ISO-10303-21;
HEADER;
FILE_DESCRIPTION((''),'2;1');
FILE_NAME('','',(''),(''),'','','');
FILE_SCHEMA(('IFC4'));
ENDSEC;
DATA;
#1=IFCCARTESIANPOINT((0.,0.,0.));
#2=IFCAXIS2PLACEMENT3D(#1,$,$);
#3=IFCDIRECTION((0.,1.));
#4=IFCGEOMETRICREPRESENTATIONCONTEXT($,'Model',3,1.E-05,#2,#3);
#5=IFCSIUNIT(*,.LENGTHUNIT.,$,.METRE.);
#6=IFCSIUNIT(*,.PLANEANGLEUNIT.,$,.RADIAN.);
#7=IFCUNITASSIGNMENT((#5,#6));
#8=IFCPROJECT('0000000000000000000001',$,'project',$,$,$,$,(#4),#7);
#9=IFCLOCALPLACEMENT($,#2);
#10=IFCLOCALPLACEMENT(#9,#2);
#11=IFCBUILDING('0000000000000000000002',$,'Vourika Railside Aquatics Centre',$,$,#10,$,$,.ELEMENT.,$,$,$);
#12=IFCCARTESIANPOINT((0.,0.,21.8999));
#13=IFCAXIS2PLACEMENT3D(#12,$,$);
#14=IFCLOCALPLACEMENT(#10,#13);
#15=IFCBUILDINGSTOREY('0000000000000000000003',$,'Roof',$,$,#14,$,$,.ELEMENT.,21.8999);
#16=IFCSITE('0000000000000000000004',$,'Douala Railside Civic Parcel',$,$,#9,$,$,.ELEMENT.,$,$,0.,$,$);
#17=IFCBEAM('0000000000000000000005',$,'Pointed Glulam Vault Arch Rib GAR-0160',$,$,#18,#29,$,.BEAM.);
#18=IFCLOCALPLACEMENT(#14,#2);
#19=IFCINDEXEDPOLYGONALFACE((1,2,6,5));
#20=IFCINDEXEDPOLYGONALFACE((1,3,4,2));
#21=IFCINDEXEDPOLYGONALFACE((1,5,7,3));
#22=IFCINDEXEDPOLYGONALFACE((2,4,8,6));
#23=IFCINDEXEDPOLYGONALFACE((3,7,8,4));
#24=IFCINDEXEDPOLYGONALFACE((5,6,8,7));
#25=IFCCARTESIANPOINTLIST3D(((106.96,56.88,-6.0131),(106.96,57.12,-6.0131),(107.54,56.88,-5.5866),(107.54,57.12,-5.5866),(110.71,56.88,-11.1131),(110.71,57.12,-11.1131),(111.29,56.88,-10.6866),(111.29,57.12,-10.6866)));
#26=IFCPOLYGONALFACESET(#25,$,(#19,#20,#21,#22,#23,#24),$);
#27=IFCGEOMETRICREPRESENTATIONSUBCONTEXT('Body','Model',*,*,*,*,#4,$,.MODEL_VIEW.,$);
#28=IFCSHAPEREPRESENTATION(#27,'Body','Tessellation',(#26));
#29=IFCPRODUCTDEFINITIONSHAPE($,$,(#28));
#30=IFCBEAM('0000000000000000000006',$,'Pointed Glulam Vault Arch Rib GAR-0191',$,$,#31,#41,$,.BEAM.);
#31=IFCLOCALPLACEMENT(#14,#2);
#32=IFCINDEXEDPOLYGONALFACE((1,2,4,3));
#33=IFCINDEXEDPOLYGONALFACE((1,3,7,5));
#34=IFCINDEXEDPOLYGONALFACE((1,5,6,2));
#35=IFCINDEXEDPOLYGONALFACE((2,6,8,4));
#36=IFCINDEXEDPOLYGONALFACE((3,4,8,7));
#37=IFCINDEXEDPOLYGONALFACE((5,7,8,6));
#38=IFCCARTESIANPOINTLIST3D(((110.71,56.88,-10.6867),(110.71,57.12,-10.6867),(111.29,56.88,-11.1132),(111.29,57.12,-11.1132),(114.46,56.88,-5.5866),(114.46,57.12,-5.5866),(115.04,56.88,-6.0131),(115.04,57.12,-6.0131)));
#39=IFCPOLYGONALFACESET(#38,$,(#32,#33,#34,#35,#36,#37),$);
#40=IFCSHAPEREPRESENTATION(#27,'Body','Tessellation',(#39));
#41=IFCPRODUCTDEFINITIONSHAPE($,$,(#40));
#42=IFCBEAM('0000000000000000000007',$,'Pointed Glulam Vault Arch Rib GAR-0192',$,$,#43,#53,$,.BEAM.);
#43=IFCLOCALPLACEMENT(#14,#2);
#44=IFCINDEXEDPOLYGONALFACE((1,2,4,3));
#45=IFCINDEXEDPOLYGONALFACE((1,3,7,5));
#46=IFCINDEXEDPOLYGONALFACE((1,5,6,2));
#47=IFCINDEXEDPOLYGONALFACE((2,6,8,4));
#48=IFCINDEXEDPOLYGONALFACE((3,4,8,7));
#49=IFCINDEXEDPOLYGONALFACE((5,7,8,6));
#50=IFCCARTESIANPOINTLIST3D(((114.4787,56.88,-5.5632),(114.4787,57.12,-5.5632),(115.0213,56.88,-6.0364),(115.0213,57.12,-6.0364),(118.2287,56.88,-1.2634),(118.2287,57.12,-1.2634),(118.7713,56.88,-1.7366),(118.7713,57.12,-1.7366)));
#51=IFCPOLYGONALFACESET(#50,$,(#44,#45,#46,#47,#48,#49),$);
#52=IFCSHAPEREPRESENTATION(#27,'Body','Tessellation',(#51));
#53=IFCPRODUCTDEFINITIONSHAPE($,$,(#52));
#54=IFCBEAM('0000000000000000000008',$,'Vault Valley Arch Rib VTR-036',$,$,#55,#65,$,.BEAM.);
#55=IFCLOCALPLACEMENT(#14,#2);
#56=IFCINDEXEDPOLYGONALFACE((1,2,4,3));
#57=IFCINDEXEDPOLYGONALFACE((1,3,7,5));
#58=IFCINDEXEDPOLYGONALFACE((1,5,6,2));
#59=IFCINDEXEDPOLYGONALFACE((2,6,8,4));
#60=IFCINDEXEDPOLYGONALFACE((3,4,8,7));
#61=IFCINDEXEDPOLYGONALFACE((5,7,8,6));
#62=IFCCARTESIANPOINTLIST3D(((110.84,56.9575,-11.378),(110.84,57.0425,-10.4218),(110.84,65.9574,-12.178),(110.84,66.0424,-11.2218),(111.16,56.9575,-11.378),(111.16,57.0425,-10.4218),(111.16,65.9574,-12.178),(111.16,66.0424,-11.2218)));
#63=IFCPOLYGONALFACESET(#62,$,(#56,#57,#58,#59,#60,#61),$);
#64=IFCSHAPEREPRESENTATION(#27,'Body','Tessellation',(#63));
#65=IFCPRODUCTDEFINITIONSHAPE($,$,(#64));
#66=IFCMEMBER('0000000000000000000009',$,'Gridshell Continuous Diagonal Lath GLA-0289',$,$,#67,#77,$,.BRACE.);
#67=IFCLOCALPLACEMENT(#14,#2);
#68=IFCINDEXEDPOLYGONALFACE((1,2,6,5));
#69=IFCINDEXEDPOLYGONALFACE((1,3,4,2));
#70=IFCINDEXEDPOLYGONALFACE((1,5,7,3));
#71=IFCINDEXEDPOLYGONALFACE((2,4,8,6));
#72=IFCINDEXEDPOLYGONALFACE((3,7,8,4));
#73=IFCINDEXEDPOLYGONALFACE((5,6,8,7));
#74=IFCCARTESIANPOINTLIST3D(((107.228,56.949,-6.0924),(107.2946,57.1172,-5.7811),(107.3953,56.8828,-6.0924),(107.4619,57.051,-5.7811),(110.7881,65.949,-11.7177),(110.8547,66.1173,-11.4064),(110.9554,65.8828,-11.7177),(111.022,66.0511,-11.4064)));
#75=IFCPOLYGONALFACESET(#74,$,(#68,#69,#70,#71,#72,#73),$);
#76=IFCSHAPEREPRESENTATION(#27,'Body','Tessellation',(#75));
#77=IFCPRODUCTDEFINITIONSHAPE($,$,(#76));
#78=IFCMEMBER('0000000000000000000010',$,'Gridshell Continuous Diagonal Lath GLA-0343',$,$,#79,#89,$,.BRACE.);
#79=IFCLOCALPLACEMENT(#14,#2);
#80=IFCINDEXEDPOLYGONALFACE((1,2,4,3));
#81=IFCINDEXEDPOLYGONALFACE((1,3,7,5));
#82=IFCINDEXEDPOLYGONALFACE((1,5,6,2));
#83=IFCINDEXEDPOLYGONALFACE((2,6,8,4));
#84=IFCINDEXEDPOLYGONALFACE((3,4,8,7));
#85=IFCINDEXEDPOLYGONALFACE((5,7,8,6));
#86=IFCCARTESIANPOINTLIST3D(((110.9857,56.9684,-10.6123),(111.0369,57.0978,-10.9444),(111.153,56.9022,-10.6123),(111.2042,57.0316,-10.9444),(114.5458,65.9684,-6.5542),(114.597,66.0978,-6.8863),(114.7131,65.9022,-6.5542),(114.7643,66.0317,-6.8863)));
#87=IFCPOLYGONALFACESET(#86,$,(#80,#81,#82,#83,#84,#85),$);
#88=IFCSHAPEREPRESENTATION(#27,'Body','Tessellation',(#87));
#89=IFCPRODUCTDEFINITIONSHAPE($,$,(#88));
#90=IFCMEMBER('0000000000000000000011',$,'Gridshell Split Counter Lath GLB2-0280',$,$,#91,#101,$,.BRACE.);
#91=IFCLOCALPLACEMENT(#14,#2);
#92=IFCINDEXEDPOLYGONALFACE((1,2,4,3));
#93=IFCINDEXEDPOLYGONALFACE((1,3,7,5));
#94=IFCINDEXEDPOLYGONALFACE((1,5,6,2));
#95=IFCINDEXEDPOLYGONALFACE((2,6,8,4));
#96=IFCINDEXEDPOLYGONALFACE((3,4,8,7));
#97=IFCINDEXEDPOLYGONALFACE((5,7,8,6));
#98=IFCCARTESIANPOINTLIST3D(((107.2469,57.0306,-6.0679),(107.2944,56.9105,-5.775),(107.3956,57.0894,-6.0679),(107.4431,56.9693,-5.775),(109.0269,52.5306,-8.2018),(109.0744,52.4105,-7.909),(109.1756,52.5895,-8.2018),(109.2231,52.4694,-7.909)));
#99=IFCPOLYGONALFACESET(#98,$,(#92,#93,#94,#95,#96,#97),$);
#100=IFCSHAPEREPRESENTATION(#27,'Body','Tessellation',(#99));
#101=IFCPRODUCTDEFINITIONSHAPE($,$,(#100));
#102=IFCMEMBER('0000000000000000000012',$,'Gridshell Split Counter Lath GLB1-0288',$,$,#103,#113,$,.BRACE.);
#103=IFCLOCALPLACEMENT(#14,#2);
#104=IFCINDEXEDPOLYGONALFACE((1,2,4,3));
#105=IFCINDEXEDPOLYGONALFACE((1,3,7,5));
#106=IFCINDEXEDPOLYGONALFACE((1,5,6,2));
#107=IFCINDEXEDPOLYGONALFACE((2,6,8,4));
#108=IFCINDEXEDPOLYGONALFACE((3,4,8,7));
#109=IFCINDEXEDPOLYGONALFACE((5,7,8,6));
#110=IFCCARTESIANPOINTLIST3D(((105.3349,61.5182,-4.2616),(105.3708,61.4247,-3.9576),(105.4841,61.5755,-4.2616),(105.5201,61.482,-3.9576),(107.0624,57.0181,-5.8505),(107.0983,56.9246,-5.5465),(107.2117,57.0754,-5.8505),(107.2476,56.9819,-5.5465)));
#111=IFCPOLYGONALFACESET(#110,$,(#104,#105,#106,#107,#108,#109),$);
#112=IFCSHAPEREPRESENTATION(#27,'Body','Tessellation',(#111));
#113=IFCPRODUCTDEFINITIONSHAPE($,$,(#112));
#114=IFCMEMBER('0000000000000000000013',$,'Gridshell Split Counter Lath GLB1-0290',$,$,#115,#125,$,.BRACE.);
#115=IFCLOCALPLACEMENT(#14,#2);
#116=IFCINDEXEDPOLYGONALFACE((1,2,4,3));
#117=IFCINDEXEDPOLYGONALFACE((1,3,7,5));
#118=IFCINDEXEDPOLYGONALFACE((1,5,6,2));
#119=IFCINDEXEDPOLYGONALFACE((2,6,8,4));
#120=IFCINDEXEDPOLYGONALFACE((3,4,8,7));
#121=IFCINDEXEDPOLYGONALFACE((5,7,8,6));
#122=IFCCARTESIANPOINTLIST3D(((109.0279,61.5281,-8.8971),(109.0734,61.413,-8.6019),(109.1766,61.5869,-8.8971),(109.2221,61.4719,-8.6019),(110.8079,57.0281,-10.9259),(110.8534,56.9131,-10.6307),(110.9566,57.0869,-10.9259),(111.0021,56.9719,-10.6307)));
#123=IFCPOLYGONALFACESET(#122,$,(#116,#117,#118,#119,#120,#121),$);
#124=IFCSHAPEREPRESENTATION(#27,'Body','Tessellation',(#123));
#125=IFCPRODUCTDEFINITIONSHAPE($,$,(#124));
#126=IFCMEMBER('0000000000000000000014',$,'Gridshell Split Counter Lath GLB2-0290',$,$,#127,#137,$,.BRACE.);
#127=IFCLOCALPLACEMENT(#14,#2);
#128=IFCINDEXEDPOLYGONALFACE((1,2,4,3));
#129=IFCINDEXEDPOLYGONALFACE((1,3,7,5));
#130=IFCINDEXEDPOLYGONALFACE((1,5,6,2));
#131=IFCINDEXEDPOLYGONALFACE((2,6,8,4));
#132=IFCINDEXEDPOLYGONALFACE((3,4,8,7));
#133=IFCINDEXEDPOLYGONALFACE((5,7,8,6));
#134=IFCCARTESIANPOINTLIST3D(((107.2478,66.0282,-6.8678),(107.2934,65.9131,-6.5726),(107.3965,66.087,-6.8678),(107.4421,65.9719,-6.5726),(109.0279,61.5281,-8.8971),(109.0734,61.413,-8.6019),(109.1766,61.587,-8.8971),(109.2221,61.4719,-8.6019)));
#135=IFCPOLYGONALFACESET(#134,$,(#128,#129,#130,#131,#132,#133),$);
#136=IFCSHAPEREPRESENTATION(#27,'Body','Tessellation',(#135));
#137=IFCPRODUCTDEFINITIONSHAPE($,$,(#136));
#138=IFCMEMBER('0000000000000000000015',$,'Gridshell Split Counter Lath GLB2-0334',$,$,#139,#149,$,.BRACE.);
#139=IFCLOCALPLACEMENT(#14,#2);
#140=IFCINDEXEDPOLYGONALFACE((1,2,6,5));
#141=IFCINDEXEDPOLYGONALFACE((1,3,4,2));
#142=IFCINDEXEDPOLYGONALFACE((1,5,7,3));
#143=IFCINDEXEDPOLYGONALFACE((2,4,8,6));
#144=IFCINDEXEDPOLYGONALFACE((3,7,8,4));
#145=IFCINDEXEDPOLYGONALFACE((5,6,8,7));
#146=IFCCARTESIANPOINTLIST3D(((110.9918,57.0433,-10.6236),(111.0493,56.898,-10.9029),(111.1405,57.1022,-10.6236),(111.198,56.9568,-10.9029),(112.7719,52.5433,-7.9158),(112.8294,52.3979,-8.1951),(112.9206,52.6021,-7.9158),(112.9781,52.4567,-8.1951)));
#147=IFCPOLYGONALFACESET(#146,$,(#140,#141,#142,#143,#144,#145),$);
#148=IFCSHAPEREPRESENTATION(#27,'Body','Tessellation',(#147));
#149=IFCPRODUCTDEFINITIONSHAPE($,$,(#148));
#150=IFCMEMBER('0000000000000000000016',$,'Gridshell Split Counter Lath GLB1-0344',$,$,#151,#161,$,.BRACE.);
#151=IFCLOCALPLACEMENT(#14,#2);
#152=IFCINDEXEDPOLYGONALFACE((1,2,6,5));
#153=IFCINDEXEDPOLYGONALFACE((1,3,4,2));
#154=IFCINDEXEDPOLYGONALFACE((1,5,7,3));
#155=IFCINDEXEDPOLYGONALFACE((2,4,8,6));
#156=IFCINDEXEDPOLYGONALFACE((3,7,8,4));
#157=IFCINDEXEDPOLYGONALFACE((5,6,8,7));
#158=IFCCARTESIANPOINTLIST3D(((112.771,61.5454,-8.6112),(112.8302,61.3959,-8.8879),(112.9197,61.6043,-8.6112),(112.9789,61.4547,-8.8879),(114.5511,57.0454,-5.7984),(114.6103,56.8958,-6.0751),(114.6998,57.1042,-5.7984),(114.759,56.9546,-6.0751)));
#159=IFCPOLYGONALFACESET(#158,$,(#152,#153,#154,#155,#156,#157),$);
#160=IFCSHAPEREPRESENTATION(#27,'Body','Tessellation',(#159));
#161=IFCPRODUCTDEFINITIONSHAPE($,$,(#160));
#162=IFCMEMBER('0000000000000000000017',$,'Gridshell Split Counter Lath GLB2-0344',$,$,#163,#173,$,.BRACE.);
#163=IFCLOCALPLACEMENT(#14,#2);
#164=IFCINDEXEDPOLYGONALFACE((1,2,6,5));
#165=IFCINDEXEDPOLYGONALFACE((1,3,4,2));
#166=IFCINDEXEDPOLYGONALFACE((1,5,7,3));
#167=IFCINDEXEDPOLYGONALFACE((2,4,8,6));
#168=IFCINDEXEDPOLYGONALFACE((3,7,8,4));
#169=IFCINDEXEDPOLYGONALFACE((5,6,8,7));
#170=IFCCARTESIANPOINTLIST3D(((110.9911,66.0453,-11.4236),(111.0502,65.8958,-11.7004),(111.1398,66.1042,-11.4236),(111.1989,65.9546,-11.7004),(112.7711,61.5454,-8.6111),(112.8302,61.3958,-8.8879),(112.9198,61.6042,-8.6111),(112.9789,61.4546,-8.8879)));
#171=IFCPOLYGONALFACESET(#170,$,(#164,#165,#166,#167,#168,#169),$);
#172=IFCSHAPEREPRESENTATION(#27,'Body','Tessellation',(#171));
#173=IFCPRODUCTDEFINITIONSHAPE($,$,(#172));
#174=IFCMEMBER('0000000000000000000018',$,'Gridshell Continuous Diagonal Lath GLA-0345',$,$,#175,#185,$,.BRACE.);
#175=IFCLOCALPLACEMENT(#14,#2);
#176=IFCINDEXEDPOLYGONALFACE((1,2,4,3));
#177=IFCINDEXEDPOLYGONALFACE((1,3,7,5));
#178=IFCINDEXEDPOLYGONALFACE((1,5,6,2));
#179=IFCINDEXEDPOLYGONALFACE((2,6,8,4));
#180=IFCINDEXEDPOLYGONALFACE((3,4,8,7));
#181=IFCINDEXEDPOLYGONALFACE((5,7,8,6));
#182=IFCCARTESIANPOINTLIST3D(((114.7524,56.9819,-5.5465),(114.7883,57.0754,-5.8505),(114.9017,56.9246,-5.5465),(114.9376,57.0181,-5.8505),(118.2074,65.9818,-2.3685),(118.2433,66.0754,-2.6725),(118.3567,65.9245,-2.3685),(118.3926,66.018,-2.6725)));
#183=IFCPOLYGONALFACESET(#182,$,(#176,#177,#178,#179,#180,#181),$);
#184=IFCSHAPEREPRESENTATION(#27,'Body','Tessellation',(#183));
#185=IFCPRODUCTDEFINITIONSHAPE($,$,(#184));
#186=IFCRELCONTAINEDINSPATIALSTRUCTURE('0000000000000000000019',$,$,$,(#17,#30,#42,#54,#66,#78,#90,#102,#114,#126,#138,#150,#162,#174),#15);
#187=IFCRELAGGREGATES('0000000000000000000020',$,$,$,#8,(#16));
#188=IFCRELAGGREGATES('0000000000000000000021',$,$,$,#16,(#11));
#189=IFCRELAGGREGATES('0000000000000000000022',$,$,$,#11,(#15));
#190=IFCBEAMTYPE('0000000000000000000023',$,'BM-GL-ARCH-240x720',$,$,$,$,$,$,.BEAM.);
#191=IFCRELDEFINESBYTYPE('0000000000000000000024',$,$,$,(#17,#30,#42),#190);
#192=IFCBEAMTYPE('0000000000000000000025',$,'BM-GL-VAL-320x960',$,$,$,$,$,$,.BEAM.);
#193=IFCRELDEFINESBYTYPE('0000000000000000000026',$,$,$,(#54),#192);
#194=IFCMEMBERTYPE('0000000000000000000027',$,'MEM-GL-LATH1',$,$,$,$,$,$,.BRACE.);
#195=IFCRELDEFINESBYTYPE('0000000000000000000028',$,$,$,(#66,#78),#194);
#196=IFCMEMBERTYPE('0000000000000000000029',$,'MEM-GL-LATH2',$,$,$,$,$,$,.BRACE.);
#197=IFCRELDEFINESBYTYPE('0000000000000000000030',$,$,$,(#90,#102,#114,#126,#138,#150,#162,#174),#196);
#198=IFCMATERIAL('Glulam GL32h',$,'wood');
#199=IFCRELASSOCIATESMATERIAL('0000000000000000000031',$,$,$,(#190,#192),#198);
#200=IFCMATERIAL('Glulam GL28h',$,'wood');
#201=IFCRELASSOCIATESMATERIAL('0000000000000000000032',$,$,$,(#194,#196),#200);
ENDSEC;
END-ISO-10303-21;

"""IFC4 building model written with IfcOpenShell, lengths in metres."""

from ifc_helpers import new_model, si_unit, direction, frame, origin, origin_2d, place, context, subcontext, project, spatial, rectangle, extrude, material, material_profile, profile_set, type_object, element, save


model = new_model("IFC4")

# Units and contexts
model_context = context("Model", 3, precision=1e-05, world=origin(), true_north=direction((0.0, 1.0)))
body_context = subcontext(model_context, "Body", "Model", "MODEL_VIEW")
ifc_project = project(units=[si_unit("LENGTHUNIT", "METRE"), si_unit("PLANEANGLEUNIT", "RADIAN")], contexts=[model_context])

# Site, building, storey
site_placement = place(None, origin())
site = spatial("IfcSite", under=ifc_project, at=site_placement, Name="Douala Railside Civic Parcel", CompositionType="ELEMENT", RefElevation=0.0)
building_placement = place(site_placement, origin())
building = spatial("IfcBuilding", under=site, at=building_placement, Name="Vourika Railside Aquatics Centre", CompositionType="ELEMENT")
storey_placement = place(building_placement, frame((0.0, 0.0, 21.8999)))
storey = spatial("IfcBuildingStorey", under=building, at=storey_placement, Name="Roof", CompositionType="ELEMENT", Elevation=21.8999)

# Beams
ifc_material_1 = material(Name="Glulam GL32h", Category="wood")
ifc_material_profile_1 = material_profile(ifc_material_1, rectangle(XDim=0.24, YDim=0.72, at=origin_2d()), Name="GL32h 240x720")
ifc_profile_set_1 = profile_set([ifc_material_profile_1], Name="Glulam GL32h")
beam_type_1 = type_object("IfcBeamType", Name="BM-GL-ARCH-240x720", PredefinedType="BEAM", material=ifc_profile_set_1)
for number, where, z_axis, x_axis, name in (
    (1, (107.25, 57.0, -5.7998), (0.592383, 0.0, -0.805656), (0.0, 1.0, 0.0), "Pointed Glulam Vault Arch Rib GAR-0160"),
    (2, (111.0, 57.0, -10.8999), (0.592383, 0.0, 0.805656), (0.0, 1.0, 0.0), "Pointed Glulam Vault Arch Rib GAR-0191"),
):
    element("IfcBeam", number, at=place(storey_placement, frame(where, z_axis=z_axis, x_axis=x_axis)), inside=storey, type_object=beam_type_1, Name=name, PredefinedType="BEAM", context=body_context, shape_type="SweptSolid", body=[
        extrude(rectangle(XDim=0.24, YDim=0.72, at=origin_2d()), origin(), (0.0, 0.0, 1.0), 6.3303),
    ])
beam_1_placement = place(storey_placement, frame((114.75, 57.0, -5.7998), z_axis=(0.65728, 0.0, 0.753647), x_axis=(0.0, 1.0, 0.0)))
element("IfcBeam", 3, at=beam_1_placement, inside=storey, type_object=beam_type_1, Name="Pointed Glulam Vault Arch Rib GAR-0192", PredefinedType="BEAM", context=body_context, shape_type="SweptSolid", body=[
    extrude(rectangle(XDim=0.24, YDim=0.72, at=origin_2d()), origin(), (0.0, 0.0, 1.0), 5.7053),
])
ifc_material_profile_2 = material_profile(ifc_material_1, rectangle(XDim=0.3201, YDim=0.96, at=origin_2d()), Name="GL32h 320x960")
ifc_profile_set_2 = profile_set([ifc_material_profile_2], Name="Glulam GL32h")
beam_type_2 = type_object("IfcBeamType", Name="BM-GL-VAL-320x960", PredefinedType="BEAM", material=ifc_profile_set_2)
beam_2_placement = place(storey_placement, frame((111.0, 57.0, -10.8999), z_axis=(0.0, 0.996072, -0.088545), x_axis=(-1.0, 0.0, 0.0)))
element("IfcBeam", 4, at=beam_2_placement, inside=storey, type_object=beam_type_2, Name="Vault Valley Arch Rib VTR-036", PredefinedType="BEAM", context=body_context, shape_type="SweptSolid", body=[
    extrude(rectangle(XDim=0.3201, YDim=0.96, at=origin_2d()), origin(), (0.0, 0.0, 1.0), 9.0354),
])

# Members
ifc_material_2 = material(Name="Glulam GL28h", Category="wood")
ifc_material_profile_3 = material_profile(ifc_material_2, rectangle(XDim=0.1799, YDim=0.3601, at=origin_2d()), Name="GL28h 180x360")
ifc_profile_set_3 = profile_set([ifc_material_profile_3], Name="Glulam GL28h")
member_type_1 = type_object("IfcMemberType", Name="MEM-GL-LATH1", PredefinedType="BRACE", material=ifc_profile_set_3)
member_1_placement = place(storey_placement, frame((107.345, 57.0, -5.9368), z_axis=(0.318018, 0.803964, -0.5025), x_axis=(-0.929893, 0.36783, 0.0)))
element("IfcMember", 5, at=member_1_placement, inside=storey, type_object=member_type_1, Name="Gridshell Continuous Diagonal Lath GLA-0289", PredefinedType="BRACE", context=body_context, shape_type="SweptSolid", body=[
    extrude(rectangle(XDim=0.1799, YDim=0.3601, at=origin_2d()), origin(), (0.0, 0.0, 1.0), 11.1946),
])
member_2_placement = place(storey_placement, frame((111.095, 57.0, -10.7783), z_axis=(0.339219, 0.857562, 0.386675), x_axis=(-0.929893, 0.36783, 0.0)))
element("IfcMember", 6, at=member_2_placement, inside=storey, type_object=member_type_1, Name="Gridshell Continuous Diagonal Lath GLA-0343", PredefinedType="BRACE", context=body_context, shape_type="SweptSolid", body=[
    extrude(rectangle(XDim=0.1799, YDim=0.3601, at=origin_2d()), origin(), (0.0, 0.0, 1.0), 10.4949),
])
ifc_material_profile_4 = material_profile(ifc_material_2, rectangle(XDim=0.1599, YDim=0.3201, at=origin_2d()), Name="GL28h 160x320")
ifc_profile_set_4 = profile_set([ifc_material_profile_4], Name="Glulam GL28h")
member_type_2 = type_object("IfcMemberType", Name="MEM-GL-LATH2", PredefinedType="BRACE", material=ifc_profile_set_4)
member_3_placement = place(storey_placement, frame((109.125, 52.5, -8.0554), z_axis=(-0.336559, 0.850836, 0.403492), x_axis=(-0.929893, -0.36783, 0.0)))
element("IfcMember", 7, at=member_3_placement, inside=storey, type_object=member_type_2, Name="Gridshell Split Counter Lath GLB2-0280", PredefinedType="BRACE", context=body_context, shape_type="SweptSolid", body=[
    extrude(rectangle(XDim=0.1599, YDim=0.3201, at=origin_2d()), origin(), (0.0, 0.0, 1.0), 5.2888),
])
member_4_placement = place(storey_placement, frame((107.155, 57.0, -5.6985), z_axis=(-0.34038, 0.886643, 0.313057), x_axis=(-0.93357, -0.358395, 0.0)))
element("IfcMember", 8, at=member_4_placement, inside=storey, type_object=member_type_2, Name="Gridshell Split Counter Lath GLB1-0288", PredefinedType="BRACE", context=body_context, shape_type="SweptSolid", body=[
    extrude(rectangle(XDim=0.1599, YDim=0.3201, at=origin_2d()), origin(), (0.0, 0.0, 1.0), 5.0754),
])
member_5_placement = place(storey_placement, frame((110.905, 57.0, -10.7783), z_axis=(-0.339225, 0.857577, 0.386636), x_axis=(-0.929893, -0.36783, 0.0)))
element("IfcMember", 9, at=member_5_placement, inside=storey, type_object=member_type_2, Name="Gridshell Split Counter Lath GLB1-0290", PredefinedType="BRACE", context=body_context, shape_type="SweptSolid", body=[
    extrude(rectangle(XDim=0.1599, YDim=0.3201, at=origin_2d()), origin(), (0.0, 0.0, 1.0), 5.2473),
])
member_6_placement = place(storey_placement, frame((109.125, 61.5, -8.7495), z_axis=(-0.339213, 0.857547, 0.386715), x_axis=(-0.929893, -0.36783, 0.0)))
element("IfcMember", 10, at=member_6_placement, inside=storey, type_object=member_type_2, Name="Gridshell Split Counter Lath GLB2-0290", PredefinedType="BRACE", context=body_context, shape_type="SweptSolid", body=[
    extrude(rectangle(XDim=0.1599, YDim=0.3201, at=origin_2d()), origin(), (0.0, 0.0, 1.0), 5.2476),
])
member_7_placement = place(storey_placement, frame((112.875, 52.5, -8.0554), z_axis=(-0.320997, 0.811496, -0.488298), x_axis=(-0.929893, -0.36783, 0.0)))
element("IfcMember", 11, at=member_7_placement, inside=storey, type_object=member_type_2, Name="Gridshell Split Counter Lath GLB2-0334", PredefinedType="BRACE", context=body_context, shape_type="SweptSolid", body=[
    extrude(rectangle(XDim=0.1599, YDim=0.3201, at=origin_2d()), origin(), (0.0, 0.0, 1.0), 5.5454),
])
member_8_placement = place(storey_placement, frame((114.655, 57.0, -5.9368), z_axis=(-0.318014, 0.803956, -0.502516), x_axis=(-0.929893, -0.36783, 0.0)))
element("IfcMember", 12, at=member_8_placement, inside=storey, type_object=member_type_2, Name="Gridshell Split Counter Lath GLB1-0344", PredefinedType="BRACE", context=body_context, shape_type="SweptSolid", body=[
    extrude(rectangle(XDim=0.1599, YDim=0.3201, at=origin_2d()), origin(), (0.0, 0.0, 1.0), 5.5974),
])
member_9_placement = place(storey_placement, frame((112.875, 61.5, -8.7495), z_axis=(-0.318021, 0.803973, -0.502483), x_axis=(-0.929893, -0.36783, 0.0)))
element("IfcMember", 13, at=member_9_placement, inside=storey, type_object=member_type_2, Name="Gridshell Split Counter Lath GLB2-0344", PredefinedType="BRACE", context=body_context, shape_type="SweptSolid", body=[
    extrude(rectangle(XDim=0.1599, YDim=0.3201, at=origin_2d()), origin(), (0.0, 0.0, 1.0), 5.5972),
])
member_10_placement = place(storey_placement, frame((114.845, 57.0, -5.6985), z_axis=(0.340378, 0.886637, 0.313079), x_axis=(-0.93357, 0.358395, 0.0)))
element("IfcMember", 14, at=member_10_placement, inside=storey, type_object=member_type_2, Name="Gridshell Continuous Diagonal Lath GLA-0345", PredefinedType="BRACE", context=body_context, shape_type="SweptSolid", body=[
    extrude(rectangle(XDim=0.1599, YDim=0.3201, at=origin_2d()), origin(), (0.0, 0.0, 1.0), 10.1506),
])

save(model, "model.ifc")
